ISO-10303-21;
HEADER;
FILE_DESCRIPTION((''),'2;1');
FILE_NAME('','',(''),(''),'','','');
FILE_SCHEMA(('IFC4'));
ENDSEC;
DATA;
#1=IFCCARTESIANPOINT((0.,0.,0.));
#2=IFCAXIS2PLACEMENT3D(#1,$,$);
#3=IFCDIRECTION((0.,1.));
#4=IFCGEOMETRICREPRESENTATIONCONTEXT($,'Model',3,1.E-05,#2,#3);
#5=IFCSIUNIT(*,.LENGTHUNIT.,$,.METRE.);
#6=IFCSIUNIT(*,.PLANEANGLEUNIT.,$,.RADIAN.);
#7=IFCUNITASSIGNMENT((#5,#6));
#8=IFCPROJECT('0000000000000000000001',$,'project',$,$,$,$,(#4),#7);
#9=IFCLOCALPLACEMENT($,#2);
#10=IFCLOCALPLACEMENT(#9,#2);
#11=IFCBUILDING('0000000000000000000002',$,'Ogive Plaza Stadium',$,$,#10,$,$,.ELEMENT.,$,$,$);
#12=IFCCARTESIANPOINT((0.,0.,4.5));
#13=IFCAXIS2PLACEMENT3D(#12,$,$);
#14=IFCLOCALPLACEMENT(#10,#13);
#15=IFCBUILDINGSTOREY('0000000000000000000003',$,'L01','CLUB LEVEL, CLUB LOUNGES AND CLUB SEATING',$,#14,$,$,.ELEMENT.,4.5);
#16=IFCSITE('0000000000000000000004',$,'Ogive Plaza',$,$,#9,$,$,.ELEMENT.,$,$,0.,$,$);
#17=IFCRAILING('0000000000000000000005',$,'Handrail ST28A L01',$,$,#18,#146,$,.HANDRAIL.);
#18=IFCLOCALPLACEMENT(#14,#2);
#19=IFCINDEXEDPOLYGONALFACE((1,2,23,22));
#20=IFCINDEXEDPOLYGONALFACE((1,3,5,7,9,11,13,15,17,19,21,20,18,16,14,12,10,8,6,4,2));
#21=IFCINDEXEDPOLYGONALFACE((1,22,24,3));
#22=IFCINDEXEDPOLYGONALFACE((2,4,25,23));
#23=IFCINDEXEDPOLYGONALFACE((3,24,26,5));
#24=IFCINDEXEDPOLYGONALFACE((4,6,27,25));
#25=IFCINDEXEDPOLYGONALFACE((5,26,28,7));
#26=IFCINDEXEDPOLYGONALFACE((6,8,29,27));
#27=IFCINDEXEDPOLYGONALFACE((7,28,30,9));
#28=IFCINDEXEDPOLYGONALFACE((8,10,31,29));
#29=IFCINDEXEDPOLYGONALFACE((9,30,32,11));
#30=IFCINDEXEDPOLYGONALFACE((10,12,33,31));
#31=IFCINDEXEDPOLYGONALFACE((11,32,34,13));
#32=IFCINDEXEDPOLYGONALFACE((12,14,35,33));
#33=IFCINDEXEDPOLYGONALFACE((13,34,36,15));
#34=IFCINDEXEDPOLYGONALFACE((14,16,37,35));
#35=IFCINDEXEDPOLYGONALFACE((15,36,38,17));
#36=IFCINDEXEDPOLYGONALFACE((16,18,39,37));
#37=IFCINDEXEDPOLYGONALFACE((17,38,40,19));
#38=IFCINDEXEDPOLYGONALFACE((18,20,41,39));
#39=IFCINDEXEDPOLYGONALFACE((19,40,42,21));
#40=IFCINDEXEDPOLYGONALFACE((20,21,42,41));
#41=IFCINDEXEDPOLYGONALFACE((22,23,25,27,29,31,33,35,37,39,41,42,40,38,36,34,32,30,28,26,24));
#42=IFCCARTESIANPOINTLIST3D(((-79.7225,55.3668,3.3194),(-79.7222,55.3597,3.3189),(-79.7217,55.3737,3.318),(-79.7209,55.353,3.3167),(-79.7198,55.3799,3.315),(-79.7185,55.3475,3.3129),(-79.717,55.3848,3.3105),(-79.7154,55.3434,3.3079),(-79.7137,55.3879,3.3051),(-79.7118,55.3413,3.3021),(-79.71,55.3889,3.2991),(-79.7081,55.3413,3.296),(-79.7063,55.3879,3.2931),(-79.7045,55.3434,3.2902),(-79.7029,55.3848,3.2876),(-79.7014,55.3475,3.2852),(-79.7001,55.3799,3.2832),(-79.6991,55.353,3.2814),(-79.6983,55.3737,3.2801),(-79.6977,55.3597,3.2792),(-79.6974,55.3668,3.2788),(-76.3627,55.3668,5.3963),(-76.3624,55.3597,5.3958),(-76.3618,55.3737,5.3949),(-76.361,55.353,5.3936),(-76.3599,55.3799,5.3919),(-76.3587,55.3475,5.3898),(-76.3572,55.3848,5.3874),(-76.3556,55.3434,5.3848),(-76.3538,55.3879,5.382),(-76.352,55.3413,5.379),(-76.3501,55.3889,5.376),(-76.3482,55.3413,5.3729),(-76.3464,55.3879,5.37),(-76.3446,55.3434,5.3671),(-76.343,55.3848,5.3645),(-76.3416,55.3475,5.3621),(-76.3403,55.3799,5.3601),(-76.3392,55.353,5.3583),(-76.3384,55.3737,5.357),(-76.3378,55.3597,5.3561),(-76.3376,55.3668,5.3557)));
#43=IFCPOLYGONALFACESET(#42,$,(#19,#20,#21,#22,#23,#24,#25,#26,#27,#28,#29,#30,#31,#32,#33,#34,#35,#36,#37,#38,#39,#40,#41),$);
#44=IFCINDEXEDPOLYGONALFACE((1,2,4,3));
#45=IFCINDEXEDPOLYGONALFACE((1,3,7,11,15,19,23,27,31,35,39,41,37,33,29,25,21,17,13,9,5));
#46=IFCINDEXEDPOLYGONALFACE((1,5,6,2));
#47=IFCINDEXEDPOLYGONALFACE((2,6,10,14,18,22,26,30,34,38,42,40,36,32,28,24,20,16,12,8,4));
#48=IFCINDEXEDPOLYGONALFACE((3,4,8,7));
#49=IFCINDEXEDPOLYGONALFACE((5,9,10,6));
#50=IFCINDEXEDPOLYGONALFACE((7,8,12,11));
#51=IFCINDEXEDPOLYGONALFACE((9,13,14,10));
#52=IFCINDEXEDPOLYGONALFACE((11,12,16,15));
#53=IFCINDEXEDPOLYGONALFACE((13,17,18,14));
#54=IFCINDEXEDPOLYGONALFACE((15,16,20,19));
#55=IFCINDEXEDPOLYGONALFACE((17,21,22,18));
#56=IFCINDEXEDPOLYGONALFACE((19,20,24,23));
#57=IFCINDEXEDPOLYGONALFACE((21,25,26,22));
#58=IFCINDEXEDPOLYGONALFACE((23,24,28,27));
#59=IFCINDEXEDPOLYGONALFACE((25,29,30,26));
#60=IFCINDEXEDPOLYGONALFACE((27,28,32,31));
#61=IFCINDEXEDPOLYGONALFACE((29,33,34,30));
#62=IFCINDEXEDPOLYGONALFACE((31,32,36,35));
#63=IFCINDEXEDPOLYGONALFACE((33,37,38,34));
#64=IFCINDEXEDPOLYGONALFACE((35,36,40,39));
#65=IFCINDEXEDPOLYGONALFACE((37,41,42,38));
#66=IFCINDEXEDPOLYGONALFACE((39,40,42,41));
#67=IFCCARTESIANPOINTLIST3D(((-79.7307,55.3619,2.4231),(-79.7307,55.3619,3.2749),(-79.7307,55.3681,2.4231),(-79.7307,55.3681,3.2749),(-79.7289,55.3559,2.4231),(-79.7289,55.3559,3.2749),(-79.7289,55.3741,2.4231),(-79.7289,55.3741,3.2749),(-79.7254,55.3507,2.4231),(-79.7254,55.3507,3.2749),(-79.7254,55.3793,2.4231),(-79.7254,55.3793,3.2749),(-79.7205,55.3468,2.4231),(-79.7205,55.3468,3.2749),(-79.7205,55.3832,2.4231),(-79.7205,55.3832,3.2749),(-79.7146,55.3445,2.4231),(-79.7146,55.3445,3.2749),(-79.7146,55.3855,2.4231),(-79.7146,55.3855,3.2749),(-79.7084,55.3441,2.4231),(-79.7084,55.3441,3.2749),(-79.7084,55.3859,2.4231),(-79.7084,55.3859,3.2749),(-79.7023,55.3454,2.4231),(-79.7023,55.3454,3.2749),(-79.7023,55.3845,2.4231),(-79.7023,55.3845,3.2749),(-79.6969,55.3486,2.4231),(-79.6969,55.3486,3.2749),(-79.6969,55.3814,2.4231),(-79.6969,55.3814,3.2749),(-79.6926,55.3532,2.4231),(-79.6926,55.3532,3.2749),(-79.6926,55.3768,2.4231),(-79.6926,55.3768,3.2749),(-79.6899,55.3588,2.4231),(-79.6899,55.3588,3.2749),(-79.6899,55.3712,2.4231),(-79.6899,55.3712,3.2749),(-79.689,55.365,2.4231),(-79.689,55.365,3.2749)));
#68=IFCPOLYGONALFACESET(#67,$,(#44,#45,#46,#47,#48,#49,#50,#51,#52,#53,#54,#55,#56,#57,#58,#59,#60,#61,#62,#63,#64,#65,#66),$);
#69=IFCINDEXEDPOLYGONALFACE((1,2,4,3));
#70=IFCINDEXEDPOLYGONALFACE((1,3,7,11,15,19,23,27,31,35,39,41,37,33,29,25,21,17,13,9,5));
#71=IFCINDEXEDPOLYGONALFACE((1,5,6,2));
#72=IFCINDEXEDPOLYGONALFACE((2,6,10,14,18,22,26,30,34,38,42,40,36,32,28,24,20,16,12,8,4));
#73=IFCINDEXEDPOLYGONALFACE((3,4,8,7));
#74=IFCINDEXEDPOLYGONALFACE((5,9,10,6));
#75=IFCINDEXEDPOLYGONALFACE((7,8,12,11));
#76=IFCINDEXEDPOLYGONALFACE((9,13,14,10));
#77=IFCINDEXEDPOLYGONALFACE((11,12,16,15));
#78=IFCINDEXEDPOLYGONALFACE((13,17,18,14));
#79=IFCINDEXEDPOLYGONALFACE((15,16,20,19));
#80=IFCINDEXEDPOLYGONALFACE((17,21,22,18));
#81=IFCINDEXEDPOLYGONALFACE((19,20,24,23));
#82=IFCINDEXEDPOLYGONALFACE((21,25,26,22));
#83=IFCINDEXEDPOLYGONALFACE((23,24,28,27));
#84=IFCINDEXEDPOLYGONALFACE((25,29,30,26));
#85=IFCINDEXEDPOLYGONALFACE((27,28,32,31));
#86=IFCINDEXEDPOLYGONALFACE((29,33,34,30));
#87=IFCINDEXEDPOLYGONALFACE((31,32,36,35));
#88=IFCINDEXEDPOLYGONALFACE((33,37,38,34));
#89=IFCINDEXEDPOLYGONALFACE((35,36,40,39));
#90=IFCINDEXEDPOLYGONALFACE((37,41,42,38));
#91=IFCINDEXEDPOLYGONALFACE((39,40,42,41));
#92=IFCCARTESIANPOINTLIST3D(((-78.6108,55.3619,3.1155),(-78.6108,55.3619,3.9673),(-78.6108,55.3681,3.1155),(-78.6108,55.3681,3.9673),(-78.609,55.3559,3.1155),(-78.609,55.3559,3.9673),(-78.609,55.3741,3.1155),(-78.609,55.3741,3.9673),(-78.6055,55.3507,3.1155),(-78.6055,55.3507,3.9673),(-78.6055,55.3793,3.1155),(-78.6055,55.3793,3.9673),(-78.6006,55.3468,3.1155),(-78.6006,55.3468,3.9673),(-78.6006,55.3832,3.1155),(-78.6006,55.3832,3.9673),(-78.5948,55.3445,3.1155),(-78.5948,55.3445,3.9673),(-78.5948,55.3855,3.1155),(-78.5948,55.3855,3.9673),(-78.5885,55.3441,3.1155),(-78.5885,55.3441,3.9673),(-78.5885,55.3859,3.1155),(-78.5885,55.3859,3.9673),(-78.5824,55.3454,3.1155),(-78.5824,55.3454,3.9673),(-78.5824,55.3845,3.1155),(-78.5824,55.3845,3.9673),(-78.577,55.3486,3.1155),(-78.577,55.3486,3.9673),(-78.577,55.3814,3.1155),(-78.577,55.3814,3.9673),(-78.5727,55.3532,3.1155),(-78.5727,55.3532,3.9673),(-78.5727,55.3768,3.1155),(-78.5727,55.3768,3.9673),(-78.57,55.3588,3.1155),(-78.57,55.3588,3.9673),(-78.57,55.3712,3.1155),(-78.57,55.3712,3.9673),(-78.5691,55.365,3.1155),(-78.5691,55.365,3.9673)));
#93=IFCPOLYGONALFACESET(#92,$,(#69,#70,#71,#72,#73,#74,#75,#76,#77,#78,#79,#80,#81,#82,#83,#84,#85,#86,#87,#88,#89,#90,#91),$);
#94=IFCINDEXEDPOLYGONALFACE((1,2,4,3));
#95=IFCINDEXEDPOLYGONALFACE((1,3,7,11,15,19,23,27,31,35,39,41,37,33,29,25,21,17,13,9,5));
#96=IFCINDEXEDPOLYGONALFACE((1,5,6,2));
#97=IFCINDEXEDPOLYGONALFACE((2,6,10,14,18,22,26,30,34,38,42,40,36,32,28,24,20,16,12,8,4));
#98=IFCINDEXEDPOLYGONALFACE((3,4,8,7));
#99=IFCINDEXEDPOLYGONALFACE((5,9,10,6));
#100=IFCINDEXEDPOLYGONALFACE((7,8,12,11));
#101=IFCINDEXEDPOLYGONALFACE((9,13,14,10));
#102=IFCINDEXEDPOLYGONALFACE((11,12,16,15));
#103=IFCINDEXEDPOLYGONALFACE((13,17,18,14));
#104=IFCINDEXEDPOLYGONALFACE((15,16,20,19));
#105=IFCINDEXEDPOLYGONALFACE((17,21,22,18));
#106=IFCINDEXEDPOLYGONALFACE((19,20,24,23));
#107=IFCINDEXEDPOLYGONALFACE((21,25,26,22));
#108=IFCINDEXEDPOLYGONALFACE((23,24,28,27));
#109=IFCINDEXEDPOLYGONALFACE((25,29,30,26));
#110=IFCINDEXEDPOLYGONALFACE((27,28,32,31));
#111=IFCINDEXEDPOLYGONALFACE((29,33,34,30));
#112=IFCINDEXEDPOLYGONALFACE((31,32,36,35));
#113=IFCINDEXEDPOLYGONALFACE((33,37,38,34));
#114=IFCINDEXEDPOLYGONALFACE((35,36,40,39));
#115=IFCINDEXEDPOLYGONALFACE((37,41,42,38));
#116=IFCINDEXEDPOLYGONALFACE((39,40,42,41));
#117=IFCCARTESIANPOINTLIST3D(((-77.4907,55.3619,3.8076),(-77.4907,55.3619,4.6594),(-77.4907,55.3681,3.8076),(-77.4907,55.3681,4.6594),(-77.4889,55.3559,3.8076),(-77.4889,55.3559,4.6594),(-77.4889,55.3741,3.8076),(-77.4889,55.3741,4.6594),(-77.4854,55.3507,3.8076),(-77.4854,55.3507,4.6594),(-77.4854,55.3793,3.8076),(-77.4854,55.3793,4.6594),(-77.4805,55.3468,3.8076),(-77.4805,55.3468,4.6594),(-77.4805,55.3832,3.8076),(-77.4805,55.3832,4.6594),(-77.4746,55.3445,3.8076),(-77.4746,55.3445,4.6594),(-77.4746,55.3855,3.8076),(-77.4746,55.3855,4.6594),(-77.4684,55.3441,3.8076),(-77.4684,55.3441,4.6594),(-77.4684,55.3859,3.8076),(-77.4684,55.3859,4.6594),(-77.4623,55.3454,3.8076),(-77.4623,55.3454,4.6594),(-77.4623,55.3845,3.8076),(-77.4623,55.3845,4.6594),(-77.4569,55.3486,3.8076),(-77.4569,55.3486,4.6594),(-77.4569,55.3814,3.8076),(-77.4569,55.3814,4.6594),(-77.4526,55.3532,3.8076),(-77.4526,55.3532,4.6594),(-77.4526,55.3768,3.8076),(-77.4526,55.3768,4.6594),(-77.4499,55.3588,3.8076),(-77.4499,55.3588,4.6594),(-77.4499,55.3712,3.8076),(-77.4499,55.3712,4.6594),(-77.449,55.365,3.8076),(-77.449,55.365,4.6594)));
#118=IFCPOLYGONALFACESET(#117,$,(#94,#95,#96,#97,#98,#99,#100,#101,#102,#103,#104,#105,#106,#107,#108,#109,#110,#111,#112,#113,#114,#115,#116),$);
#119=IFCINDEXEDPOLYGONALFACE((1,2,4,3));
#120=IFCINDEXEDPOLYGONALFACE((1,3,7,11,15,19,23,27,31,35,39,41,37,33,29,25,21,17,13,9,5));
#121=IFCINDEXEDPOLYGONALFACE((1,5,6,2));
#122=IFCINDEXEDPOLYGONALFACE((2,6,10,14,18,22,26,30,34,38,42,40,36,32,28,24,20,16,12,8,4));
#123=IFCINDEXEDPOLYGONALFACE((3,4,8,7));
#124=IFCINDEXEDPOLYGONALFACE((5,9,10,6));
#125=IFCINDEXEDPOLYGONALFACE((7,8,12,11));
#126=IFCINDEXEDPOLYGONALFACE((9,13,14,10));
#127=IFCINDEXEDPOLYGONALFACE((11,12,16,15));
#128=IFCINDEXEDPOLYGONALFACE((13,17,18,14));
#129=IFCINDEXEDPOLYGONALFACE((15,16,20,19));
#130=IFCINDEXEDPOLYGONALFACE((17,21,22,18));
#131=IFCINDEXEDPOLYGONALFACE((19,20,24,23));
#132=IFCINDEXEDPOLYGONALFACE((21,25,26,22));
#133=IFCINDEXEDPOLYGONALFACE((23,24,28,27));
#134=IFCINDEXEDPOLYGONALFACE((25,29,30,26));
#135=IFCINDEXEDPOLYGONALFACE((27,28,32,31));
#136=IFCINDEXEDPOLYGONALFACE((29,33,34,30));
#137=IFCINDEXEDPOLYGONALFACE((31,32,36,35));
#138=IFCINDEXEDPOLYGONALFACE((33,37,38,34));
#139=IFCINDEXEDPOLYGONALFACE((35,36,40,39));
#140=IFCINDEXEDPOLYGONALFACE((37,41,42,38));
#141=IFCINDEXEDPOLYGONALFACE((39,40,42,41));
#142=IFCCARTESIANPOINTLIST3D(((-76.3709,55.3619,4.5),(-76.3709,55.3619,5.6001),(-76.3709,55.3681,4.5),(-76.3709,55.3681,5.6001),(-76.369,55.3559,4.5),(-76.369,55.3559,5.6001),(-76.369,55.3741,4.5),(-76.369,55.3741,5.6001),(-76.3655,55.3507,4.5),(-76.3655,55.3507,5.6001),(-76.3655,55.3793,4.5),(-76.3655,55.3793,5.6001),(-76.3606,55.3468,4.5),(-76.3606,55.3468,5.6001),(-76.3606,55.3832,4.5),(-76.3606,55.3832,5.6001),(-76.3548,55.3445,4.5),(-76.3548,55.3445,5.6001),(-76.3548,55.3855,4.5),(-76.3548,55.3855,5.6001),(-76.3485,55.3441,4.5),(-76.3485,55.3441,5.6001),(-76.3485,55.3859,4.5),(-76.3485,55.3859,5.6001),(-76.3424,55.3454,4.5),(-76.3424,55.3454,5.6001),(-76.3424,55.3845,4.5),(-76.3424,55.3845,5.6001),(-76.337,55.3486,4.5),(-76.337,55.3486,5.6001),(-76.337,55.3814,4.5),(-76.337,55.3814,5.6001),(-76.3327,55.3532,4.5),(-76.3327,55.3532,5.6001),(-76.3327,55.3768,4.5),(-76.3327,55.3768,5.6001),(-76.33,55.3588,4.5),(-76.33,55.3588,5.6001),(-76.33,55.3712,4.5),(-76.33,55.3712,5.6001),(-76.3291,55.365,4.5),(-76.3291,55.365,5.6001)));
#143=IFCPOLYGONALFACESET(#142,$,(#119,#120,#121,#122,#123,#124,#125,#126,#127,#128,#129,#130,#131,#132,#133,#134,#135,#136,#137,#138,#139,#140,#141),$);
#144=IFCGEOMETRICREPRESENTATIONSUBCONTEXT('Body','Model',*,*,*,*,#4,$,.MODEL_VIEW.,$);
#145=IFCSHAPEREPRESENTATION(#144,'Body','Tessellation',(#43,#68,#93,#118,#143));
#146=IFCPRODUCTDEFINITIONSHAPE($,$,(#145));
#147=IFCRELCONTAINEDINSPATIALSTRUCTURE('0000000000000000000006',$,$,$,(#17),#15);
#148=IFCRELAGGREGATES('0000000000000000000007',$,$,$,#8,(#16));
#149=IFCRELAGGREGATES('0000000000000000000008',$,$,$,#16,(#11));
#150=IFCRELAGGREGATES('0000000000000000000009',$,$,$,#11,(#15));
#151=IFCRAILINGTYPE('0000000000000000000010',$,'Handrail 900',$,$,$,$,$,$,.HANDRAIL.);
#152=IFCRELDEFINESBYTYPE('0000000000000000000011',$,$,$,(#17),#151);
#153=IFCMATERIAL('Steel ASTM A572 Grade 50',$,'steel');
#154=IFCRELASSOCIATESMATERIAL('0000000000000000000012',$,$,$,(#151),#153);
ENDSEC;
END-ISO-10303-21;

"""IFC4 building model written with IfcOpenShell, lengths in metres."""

from ifc_helpers import new_model, si_unit, direction, frame, origin, origin_2d, place, context, subcontext, project, spatial, circle, extrude, material, type_object, element, save


model = new_model("IFC4")

# Units and contexts
model_context = context("Model", 3, precision=1e-05, world=origin(), true_north=direction((0.0, 1.0)))
body_context = subcontext(model_context, "Body", "Model", "MODEL_VIEW")
ifc_project = project(units=[si_unit("LENGTHUNIT", "METRE"), si_unit("PLANEANGLEUNIT", "RADIAN")], contexts=[model_context])

# Site, building, storey
site_placement = place(None, origin())
site = spatial("IfcSite", under=ifc_project, at=site_placement, Name="Ogive Plaza", CompositionType="ELEMENT", RefElevation=0.0)
building_placement = place(site_placement, origin())
building = spatial("IfcBuilding", under=site, at=building_placement, Name="Ogive Plaza Stadium", CompositionType="ELEMENT")
storey_placement = place(building_placement, frame((0.0, 0.0, 4.5)))
storey = spatial("IfcBuildingStorey", under=building, at=storey_placement, Name="L01", Description="CLUB LEVEL, CLUB LOUNGES AND CLUB SEATING", CompositionType="ELEMENT", Elevation=4.5)

# Railing
ifc_material_1 = material(Name="Steel ASTM A572 Grade 50", Category="steel")
railing_type_1 = type_object("IfcRailingType", Name="Handrail 900", PredefinedType="HANDRAIL", material=ifc_material_1)
for number, where, name in (
    (1, (-79.71, 55.365, 2.4231), "Handrail ST28A L01"),
):
    element("IfcRailing", number, at=place(storey_placement, frame(where)), inside=storey, type_object=railing_type_1, Name=name, PredefinedType="HANDRAIL", context=body_context, shape_type="SweptSolid", body=[
        extrude(circle(Radius=0.0239, at=origin_2d()), frame((0.0, 0.0, 0.876), z_axis=(0.850606, 0.0, 0.525803), x_axis=(0.0, 1.0, 0.0)), (0.0, 0.0, 1.0), 3.95),
        extrude(circle(Radius=0.021, at=origin_2d()), origin(), (0.0, 0.0, 1.0), 0.8518),
        extrude(circle(Radius=0.021, at=origin_2d()), frame((1.1199, 0.0, 0.6924)), (0.0, 0.0, 1.0), 0.8518),
        extrude(circle(Radius=0.021, at=origin_2d()), frame((2.24, 0.0, 1.3845)), (0.0, 0.0, 1.0), 0.8518),
        extrude(circle(Radius=0.021, at=origin_2d()), frame((3.3599, 0.0, 2.0769)), (0.0, 0.0, 1.0), 1.1001),
    ])

save(model, "model.ifc")
